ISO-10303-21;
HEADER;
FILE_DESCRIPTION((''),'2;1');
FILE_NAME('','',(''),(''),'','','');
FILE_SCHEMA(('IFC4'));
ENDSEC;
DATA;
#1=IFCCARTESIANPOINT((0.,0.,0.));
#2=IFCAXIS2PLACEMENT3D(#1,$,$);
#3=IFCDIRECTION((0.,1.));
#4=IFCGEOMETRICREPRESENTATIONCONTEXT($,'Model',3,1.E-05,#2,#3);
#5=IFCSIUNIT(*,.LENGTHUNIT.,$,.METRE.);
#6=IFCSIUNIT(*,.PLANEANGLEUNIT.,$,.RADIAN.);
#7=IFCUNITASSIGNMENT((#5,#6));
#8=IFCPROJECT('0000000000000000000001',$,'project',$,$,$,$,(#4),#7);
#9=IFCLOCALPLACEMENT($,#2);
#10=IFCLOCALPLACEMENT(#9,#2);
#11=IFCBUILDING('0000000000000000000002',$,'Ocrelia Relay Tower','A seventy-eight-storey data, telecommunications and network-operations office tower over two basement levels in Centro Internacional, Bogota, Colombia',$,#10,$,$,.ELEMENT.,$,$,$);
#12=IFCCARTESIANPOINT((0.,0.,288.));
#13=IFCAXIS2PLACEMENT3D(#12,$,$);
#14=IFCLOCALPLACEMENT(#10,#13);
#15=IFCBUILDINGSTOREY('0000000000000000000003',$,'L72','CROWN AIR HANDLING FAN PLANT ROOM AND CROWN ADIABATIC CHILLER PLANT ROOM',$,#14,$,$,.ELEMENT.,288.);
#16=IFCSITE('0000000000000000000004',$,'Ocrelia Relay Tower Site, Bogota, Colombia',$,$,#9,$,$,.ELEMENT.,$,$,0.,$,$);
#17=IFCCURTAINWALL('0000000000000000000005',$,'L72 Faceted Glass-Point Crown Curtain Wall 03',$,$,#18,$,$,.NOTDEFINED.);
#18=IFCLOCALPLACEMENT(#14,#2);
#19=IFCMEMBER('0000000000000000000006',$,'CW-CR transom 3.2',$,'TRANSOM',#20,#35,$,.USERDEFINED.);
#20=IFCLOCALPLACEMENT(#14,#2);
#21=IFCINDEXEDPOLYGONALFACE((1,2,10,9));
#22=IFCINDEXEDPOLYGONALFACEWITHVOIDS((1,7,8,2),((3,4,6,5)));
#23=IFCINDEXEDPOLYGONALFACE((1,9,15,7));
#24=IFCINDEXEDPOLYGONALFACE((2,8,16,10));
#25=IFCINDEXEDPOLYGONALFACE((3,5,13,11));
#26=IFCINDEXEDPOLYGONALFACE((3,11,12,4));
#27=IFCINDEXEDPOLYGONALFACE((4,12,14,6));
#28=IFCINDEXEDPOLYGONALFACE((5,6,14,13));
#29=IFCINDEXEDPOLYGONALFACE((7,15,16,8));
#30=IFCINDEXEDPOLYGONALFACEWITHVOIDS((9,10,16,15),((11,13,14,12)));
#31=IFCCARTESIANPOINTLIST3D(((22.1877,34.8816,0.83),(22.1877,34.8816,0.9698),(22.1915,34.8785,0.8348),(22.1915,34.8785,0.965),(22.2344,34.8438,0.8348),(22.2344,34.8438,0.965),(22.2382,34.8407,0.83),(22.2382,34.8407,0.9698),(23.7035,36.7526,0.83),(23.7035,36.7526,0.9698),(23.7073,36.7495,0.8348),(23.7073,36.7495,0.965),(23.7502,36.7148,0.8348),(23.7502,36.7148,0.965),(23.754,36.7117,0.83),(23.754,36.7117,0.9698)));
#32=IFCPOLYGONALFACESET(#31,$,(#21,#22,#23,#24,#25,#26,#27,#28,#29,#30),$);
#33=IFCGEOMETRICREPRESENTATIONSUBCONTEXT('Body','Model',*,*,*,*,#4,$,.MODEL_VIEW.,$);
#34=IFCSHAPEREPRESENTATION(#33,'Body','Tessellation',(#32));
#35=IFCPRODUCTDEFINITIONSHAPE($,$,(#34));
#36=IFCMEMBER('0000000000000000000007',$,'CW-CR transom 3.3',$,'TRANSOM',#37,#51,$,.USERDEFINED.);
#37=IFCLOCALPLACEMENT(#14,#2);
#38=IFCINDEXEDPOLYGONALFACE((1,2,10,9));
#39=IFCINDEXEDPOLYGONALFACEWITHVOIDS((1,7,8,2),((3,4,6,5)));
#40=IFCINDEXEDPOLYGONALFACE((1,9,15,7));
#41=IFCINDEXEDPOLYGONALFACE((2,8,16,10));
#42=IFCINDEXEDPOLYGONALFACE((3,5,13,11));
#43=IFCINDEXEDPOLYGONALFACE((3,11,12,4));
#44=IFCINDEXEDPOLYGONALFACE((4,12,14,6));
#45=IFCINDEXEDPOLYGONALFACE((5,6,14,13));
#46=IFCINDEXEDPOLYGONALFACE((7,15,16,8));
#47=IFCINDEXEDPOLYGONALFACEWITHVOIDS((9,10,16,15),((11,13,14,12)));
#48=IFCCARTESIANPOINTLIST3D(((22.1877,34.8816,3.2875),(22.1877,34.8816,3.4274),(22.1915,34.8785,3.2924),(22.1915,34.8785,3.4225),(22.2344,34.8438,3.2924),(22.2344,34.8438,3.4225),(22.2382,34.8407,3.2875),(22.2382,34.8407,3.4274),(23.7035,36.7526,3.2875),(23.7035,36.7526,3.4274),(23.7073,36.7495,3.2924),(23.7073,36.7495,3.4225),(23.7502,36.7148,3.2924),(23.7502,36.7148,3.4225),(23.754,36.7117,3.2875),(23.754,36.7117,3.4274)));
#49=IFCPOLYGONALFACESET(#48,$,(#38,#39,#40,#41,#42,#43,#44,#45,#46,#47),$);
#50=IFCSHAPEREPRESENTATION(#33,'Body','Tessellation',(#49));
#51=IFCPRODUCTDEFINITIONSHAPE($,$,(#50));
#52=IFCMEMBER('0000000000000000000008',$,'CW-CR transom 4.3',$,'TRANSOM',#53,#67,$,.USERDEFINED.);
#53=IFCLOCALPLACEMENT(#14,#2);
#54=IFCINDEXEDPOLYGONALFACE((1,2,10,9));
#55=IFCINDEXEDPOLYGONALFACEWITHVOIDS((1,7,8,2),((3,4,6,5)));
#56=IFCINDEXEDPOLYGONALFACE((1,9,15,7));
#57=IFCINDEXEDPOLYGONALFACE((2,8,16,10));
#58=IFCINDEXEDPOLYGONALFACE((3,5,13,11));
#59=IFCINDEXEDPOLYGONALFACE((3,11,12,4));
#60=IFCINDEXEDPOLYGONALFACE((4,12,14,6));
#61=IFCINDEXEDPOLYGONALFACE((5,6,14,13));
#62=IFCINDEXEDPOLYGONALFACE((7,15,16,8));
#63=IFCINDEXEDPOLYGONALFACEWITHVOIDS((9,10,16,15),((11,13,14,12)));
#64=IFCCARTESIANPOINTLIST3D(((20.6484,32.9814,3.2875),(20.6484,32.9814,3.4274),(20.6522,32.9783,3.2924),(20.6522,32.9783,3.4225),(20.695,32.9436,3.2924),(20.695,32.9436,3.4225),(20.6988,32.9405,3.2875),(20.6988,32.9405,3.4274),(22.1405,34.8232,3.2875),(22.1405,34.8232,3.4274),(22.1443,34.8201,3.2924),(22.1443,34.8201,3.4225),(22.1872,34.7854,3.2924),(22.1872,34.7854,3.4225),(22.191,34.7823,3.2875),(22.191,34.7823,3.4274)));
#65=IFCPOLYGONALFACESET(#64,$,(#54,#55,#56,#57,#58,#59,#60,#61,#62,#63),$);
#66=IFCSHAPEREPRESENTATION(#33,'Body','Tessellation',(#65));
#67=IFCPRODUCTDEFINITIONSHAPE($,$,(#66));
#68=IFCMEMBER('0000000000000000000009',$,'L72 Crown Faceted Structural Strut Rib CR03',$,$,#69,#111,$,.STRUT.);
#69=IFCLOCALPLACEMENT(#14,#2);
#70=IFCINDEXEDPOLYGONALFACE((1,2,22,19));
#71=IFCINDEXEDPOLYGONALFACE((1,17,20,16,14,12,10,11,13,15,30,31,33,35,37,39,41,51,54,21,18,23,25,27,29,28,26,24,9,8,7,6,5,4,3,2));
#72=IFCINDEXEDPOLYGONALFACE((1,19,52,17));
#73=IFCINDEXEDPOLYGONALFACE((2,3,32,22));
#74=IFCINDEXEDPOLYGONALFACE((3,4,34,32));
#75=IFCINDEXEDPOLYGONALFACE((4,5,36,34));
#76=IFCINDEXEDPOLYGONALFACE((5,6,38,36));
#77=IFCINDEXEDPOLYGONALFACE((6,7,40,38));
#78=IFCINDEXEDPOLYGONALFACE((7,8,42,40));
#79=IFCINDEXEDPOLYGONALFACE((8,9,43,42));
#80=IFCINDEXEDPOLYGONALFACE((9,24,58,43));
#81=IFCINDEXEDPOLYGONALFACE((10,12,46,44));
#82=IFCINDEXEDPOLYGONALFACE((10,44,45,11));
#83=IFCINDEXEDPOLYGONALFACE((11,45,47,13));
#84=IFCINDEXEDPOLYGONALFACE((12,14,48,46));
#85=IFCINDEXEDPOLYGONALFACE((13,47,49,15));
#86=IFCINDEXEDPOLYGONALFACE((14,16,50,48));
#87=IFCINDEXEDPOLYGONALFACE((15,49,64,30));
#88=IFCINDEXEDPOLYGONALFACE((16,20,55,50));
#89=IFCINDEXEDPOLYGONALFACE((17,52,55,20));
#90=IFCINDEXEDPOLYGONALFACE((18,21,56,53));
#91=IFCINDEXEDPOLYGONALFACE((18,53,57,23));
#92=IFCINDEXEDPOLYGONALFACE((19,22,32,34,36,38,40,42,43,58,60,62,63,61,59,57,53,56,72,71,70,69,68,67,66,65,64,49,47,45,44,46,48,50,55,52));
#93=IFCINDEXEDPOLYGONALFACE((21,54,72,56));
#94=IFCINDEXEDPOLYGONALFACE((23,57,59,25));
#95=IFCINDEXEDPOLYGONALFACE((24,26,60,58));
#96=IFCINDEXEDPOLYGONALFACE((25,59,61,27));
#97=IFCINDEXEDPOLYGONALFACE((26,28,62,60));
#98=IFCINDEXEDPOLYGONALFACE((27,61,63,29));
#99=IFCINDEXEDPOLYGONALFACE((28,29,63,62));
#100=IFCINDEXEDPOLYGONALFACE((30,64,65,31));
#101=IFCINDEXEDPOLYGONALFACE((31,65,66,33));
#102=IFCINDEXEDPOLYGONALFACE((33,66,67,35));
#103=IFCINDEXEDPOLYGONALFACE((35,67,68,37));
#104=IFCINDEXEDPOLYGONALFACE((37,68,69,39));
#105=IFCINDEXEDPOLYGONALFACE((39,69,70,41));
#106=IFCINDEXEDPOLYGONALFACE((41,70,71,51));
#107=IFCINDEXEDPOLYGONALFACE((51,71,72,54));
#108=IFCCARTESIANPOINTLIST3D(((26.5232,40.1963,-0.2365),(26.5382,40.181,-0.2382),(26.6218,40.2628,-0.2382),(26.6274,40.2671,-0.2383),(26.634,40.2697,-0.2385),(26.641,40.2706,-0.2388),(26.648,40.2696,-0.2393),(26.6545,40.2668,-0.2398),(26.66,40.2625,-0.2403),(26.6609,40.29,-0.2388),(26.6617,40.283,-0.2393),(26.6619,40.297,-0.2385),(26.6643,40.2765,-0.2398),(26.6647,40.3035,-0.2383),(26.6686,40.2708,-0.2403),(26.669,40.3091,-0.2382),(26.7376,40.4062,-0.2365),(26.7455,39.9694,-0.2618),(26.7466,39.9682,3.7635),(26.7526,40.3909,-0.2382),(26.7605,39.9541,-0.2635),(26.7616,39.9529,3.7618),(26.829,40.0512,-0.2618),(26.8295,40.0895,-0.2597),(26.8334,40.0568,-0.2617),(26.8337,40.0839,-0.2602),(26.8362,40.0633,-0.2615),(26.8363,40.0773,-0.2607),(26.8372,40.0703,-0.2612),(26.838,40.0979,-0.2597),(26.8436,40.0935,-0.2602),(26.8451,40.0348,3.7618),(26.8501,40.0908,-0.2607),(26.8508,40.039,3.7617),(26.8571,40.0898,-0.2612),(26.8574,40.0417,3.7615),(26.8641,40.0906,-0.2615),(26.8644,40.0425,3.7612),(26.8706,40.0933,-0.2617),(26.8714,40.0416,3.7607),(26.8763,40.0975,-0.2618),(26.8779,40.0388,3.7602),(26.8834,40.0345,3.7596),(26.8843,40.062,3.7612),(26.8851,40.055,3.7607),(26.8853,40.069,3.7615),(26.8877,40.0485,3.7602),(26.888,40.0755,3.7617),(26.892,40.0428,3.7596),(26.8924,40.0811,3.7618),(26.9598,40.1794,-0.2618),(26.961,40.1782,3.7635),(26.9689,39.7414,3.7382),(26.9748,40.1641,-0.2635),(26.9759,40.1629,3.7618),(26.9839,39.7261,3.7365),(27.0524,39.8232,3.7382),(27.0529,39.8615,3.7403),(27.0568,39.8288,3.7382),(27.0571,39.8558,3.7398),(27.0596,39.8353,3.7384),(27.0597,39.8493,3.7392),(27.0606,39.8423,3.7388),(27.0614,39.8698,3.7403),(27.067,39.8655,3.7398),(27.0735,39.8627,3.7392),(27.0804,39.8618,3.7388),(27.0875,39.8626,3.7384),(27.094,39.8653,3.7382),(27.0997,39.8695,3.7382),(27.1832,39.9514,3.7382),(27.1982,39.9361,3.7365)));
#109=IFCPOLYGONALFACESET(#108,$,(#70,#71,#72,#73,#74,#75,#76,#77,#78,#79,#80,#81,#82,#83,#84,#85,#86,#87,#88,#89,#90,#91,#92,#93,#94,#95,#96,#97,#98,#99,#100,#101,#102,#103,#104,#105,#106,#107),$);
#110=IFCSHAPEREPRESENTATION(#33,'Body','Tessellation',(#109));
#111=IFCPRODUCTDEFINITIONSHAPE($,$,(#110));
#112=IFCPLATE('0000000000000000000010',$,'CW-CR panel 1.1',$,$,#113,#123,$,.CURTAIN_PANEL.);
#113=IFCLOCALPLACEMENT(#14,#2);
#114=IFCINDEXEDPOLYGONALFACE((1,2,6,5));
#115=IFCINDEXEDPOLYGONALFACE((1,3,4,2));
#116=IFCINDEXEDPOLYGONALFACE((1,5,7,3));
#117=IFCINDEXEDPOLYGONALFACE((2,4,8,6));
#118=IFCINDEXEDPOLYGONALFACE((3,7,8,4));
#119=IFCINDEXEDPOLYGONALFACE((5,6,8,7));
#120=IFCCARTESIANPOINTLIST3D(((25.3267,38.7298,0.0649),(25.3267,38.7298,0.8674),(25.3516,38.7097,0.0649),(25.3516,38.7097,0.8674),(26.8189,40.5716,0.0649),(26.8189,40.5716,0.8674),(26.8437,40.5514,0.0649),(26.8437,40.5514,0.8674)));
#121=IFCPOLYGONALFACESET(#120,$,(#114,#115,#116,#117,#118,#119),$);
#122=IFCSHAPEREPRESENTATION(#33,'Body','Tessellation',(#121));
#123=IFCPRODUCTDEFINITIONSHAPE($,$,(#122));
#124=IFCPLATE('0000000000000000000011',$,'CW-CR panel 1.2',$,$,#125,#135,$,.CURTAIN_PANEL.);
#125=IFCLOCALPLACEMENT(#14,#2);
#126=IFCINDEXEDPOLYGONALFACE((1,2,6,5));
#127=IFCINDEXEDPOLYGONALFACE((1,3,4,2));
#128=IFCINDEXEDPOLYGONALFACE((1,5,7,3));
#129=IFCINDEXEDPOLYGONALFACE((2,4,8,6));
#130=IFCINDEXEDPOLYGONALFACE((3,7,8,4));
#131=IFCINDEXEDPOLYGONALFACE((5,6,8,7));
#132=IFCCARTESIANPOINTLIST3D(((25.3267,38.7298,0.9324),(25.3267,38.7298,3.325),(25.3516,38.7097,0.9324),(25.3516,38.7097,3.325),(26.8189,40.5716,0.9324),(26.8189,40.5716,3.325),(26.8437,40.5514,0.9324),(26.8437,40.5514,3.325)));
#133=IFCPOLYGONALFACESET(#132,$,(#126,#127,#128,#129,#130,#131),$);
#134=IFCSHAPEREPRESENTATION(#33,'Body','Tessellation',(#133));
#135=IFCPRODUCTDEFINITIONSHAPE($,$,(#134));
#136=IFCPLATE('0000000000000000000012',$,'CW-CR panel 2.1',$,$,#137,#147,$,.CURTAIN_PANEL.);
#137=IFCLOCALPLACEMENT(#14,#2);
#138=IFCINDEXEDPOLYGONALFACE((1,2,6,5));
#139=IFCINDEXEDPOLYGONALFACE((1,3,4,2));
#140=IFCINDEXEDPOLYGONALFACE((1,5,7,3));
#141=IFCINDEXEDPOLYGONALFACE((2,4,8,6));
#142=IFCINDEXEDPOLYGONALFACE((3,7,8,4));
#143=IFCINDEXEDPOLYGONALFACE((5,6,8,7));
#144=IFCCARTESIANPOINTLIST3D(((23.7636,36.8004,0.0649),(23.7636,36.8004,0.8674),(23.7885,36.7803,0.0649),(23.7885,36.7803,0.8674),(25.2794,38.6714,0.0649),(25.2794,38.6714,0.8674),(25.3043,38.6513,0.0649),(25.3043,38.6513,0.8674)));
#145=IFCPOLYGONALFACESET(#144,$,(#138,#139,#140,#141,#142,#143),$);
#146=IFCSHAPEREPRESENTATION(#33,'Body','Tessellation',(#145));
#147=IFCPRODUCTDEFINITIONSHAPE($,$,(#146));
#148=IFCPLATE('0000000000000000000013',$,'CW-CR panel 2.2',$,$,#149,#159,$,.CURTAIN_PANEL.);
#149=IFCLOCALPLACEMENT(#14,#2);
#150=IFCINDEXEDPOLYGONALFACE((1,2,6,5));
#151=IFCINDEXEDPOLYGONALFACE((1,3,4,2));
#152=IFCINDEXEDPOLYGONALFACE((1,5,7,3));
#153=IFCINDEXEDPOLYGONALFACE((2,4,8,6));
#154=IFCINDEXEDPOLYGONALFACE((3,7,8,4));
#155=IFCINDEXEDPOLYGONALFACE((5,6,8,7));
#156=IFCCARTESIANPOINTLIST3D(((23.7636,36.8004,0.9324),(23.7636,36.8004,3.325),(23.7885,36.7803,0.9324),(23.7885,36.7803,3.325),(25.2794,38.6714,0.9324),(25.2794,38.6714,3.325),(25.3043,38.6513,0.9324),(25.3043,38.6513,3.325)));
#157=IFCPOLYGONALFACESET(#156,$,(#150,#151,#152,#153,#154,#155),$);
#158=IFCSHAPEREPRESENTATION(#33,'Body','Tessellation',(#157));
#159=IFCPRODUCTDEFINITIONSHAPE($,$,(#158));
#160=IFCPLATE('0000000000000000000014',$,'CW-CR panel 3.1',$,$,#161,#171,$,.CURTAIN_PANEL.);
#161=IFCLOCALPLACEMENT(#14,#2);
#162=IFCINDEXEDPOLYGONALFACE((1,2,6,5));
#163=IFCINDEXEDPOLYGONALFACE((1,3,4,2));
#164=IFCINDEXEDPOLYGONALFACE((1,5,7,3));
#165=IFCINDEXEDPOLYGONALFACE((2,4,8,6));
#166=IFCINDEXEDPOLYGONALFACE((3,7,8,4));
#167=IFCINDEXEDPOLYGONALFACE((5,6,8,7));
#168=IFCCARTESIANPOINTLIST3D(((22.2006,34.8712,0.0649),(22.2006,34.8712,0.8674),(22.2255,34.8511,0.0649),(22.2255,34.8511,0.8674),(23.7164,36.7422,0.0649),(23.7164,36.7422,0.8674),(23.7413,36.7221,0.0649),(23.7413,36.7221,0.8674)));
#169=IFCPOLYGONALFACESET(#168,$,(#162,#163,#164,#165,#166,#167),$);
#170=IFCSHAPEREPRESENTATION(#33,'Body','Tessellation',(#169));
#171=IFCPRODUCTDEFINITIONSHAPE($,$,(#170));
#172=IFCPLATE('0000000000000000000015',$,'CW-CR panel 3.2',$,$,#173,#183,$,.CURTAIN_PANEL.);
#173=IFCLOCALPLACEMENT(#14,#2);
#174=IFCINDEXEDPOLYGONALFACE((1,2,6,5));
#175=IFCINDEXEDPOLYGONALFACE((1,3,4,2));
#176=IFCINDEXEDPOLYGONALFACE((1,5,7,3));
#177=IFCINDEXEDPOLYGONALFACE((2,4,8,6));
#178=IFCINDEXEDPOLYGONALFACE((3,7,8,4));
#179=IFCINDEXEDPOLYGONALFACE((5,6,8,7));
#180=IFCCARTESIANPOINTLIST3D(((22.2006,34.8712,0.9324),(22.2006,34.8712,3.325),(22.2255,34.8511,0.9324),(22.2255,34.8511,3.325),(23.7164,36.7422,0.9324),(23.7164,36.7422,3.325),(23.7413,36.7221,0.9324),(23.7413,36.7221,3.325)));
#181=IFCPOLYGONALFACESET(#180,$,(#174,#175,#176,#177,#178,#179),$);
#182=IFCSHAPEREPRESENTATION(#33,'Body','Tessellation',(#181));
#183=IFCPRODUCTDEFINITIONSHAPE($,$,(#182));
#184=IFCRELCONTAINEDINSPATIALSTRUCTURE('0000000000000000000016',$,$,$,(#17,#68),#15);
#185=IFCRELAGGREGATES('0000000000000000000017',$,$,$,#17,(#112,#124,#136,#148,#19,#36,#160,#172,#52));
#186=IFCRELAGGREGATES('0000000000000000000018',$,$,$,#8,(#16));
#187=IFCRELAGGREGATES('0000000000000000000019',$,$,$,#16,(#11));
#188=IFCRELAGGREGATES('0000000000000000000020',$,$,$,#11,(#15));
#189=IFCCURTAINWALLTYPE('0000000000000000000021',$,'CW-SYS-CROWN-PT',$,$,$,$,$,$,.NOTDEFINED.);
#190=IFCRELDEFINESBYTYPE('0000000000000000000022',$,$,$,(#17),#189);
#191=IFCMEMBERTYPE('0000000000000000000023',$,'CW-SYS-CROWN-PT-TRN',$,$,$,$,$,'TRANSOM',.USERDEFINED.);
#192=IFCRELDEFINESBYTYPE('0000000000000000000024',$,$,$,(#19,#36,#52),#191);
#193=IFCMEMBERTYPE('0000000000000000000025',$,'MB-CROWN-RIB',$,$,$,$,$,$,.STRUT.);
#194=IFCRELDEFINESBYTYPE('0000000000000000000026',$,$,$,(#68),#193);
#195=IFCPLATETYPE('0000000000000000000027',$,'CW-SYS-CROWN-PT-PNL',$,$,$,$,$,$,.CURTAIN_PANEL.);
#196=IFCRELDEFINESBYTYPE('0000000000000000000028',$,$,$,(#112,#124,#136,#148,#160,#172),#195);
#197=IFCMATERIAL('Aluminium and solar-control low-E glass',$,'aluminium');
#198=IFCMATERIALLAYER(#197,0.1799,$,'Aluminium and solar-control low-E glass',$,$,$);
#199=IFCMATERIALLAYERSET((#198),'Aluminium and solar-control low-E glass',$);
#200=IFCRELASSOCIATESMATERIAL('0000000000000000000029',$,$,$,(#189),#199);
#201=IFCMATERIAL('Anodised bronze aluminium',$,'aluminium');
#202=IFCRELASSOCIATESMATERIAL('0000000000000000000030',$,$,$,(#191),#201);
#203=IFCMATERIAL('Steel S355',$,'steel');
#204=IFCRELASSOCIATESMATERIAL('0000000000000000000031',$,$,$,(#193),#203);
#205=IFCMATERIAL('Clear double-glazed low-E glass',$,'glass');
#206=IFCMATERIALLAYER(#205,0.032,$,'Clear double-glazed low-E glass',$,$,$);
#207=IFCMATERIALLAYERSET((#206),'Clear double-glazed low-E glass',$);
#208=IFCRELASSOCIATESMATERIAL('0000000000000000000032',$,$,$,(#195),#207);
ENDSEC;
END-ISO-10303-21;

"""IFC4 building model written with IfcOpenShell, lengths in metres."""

from ifc_helpers import new_model, si_unit, direction, frame, origin, origin_2d, place, context, subcontext, project, spatial, rectangle, hollow_rectangle, i_section, extrude, material, layer, layer_set, material_profile, profile_set, type_object, element, aggregate, save


model = new_model("IFC4")

# Units and contexts
model_context = context("Model", 3, precision=1e-05, world=origin(), true_north=direction((0.0, 1.0)))
body_context = subcontext(model_context, "Body", "Model", "MODEL_VIEW")
ifc_project = project(units=[si_unit("LENGTHUNIT", "METRE"), si_unit("PLANEANGLEUNIT", "RADIAN")], contexts=[model_context])

# Site, building, storey
site_placement = place(None, origin())
site = spatial("IfcSite", under=ifc_project, at=site_placement, Name="Ocrelia Relay Tower Site, Bogota, Colombia", CompositionType="ELEMENT", RefElevation=0.0)
building_placement = place(site_placement, origin())
building = spatial("IfcBuilding", under=site, at=building_placement, Name="Ocrelia Relay Tower", Description="A seventy-eight-storey data, telecommunications and network-operations office tower over two basement levels in Centro Internacional, Bogota, Colombia", CompositionType="ELEMENT")
storey_placement = place(building_placement, frame((0.0, 0.0, 288.0)))
storey = spatial("IfcBuildingStorey", under=building, at=storey_placement, Name="L72", Description="CROWN AIR HANDLING FAN PLANT ROOM AND CROWN ADIABATIC CHILLER PLANT ROOM", CompositionType="ELEMENT", Elevation=288.0)

# Curtain wall, members
ifc_material_1 = material(Name="Aluminium and solar-control low-E glass", Category="aluminium")
ifc_layer_1 = layer(ifc_material_1, 0.1799, Name="Aluminium and solar-control low-E glass")
ifc_layer_set_1 = layer_set([ifc_layer_1], Name="Aluminium and solar-control low-E glass")
curtain_wall_type = type_object("IfcCurtainWallType", Name="CW-SYS-CROWN-PT", PredefinedType="NOTDEFINED", material=ifc_layer_set_1)
curtain_wall_placement = place(storey_placement, origin())
curtain_wall = element("IfcCurtainWall", 1, at=curtain_wall_placement, inside=storey, type_object=curtain_wall_type, Name="L72 Faceted Glass-Point Crown Curtain Wall 03", PredefinedType="NOTDEFINED")
ifc_material_2 = material(Name="Anodised bronze aluminium", Category="aluminium")
ifc_material_profile_1 = material_profile(ifc_material_2, hollow_rectangle(XDim=0.0649, YDim=0.1399, WallThickness=0.0049, at=origin_2d()), Name="CW-TRN-140x65")
ifc_profile_set_1 = profile_set([ifc_material_profile_1], Name="Anodised bronze aluminium")
member_type_1 = type_object("IfcMemberType", Name="CW-SYS-CROWN-PT-TRN", ElementType="TRANSOM", PredefinedType="USERDEFINED", material=ifc_profile_set_1)
member_1_placement = place(storey_placement, frame((23.7288, 36.7322, 0.8999), z_axis=(-0.629493, -0.777006, 0.0), x_axis=(0.777006, -0.629493, 0.0)))
member_1 = element("IfcMember", 2, at=member_1_placement, type_object=member_type_1, Name="CW-CR transom 3.2", ObjectType="TRANSOM", PredefinedType="USERDEFINED", context=body_context, shape_type="SweptSolid", body=[
    extrude(hollow_rectangle(XDim=0.0649, YDim=0.1399, WallThickness=0.0049, at=origin_2d()), origin(), (0.0, 0.0, 1.0), 2.408),
])
member_2_placement = place(storey_placement, frame((23.7288, 36.7322, 3.3574), z_axis=(-0.629493, -0.777006, 0.0), x_axis=(0.777006, -0.629493, 0.0)))
member_2 = element("IfcMember", 3, at=member_2_placement, type_object=member_type_1, Name="CW-CR transom 3.3", ObjectType="TRANSOM", PredefinedType="USERDEFINED", context=body_context, shape_type="SweptSolid", body=[
    extrude(hollow_rectangle(XDim=0.0649, YDim=0.1399, WallThickness=0.0049, at=origin_2d()), origin(), (0.0, 0.0, 1.0), 2.408),
])
member_3_placement = place(storey_placement, frame((22.1658, 34.8027, 3.3574), z_axis=(-0.629506, -0.776995, 0.0), x_axis=(0.776995, -0.629506, 0.0)))
member_3 = element("IfcMember", 4, at=member_3_placement, type_object=member_type_1, Name="CW-CR transom 4.3", ObjectType="TRANSOM", PredefinedType="USERDEFINED", context=body_context, shape_type="SweptSolid", body=[
    extrude(hollow_rectangle(XDim=0.0649, YDim=0.1399, WallThickness=0.0049, at=origin_2d()), origin(), (0.0, 0.0, 1.0), 2.3704),
])

# Member
ifc_material_3 = material(Name="Steel S355", Category="steel")
ifc_material_profile_2 = material_profile(ifc_material_3, i_section(OverallWidth=0.3, OverallDepth=0.3401, WebThickness=0.012, FlangeThickness=0.0215, FilletRadius=0.0271, at=origin_2d()), Name="HEB 340")
ifc_profile_set_2 = profile_set([ifc_material_profile_2], Name="Steel S355")
member_type_2 = type_object("IfcMemberType", Name="MB-CROWN-RIB", PredefinedType="STRUT", material=ifc_profile_set_2)
member_4_placement = place(storey_placement, frame((26.749, 40.1802, -0.25), z_axis=(0.05567, -0.056826, 0.996831), x_axis=(0.714335, 0.699804, 0.0)))
element("IfcMember", 5, at=member_4_placement, inside=storey, type_object=member_type_2, Name="L72 Crown Faceted Structural Strut Rib CR03", PredefinedType="STRUT", context=body_context, shape_type="SweptSolid", body=[
    extrude(i_section(OverallWidth=0.3, OverallDepth=0.3401, WebThickness=0.012, FlangeThickness=0.0215, FilletRadius=0.0271, at=origin_2d()), origin(), (0.0, 0.0, 1.0), 4.0127),
])

# Plates
ifc_material_4 = material(Name="Clear double-glazed low-E glass", Category="glass")
ifc_layer_2 = layer(ifc_material_4, 0.032, Name="Clear double-glazed low-E glass")
ifc_layer_set_2 = layer_set([ifc_layer_2], Name="Clear double-glazed low-E glass")
plate_type_1 = type_object("IfcPlateType", Name="CW-SYS-CROWN-PT-PNL", PredefinedType="CURTAIN_PANEL", material=ifc_layer_set_2)
plate_1_placement = place(storey_placement, frame((26.0852, 39.6406, 0.0649), z_axis=(0.0, 0.0, 1.0), x_axis=(-0.629503, -0.776998, 0.0)))
plate_1 = element("IfcPlate", 6, at=plate_1_placement, type_object=plate_type_1, Name="CW-CR panel 1.1", PredefinedType="CURTAIN_PANEL", context=body_context, shape_type="SweptSolid", body=[
    extrude(rectangle(XDim=2.3704, YDim=0.032, at=origin_2d()), origin(), (0.0, 0.0, 1.0), 0.8025),
])
plate_2_placement = place(storey_placement, frame((26.0852, 39.6406, 0.9324), z_axis=(0.0, 0.0, 1.0), x_axis=(-0.629503, -0.776998, 0.0)))
plate_2 = element("IfcPlate", 7, at=plate_2_placement, type_object=plate_type_1, Name="CW-CR panel 1.2", PredefinedType="CURTAIN_PANEL", context=body_context, shape_type="SweptSolid", body=[
    extrude(rectangle(XDim=2.3704, YDim=0.032, at=origin_2d()), origin(), (0.0, 0.0, 1.0), 2.3926),
])
plate_3_placement = place(storey_placement, frame((24.5339, 37.7258, 0.0649), z_axis=(0.0, 0.0, 1.0), x_axis=(-0.629503, -0.776998, 0.0)))
plate_3 = element("IfcPlate", 8, at=plate_3_placement, type_object=plate_type_1, Name="CW-CR panel 2.1", PredefinedType="CURTAIN_PANEL", context=body_context, shape_type="SweptSolid", body=[
    extrude(rectangle(XDim=2.408, YDim=0.032, at=origin_2d()), origin(), (0.0, 0.0, 1.0), 0.8025),
])
plate_4_placement = place(storey_placement, frame((24.5339, 37.7258, 0.9324), z_axis=(0.0, 0.0, 1.0), x_axis=(-0.629503, -0.776998, 0.0)))
plate_4 = element("IfcPlate", 9, at=plate_4_placement, type_object=plate_type_1, Name="CW-CR panel 2.2", PredefinedType="CURTAIN_PANEL", context=body_context, shape_type="SweptSolid", body=[
    extrude(rectangle(XDim=2.408, YDim=0.032, at=origin_2d()), origin(), (0.0, 0.0, 1.0), 2.3926),
])
plate_5_placement = place(storey_placement, frame((22.9709, 35.7966, 0.0649), z_axis=(0.0, 0.0, 1.0), x_axis=(-0.629503, -0.776998, 0.0)))
plate_5 = element("IfcPlate", 10, at=plate_5_placement, type_object=plate_type_1, Name="CW-CR panel 3.1", PredefinedType="CURTAIN_PANEL", context=body_context, shape_type="SweptSolid", body=[
    extrude(rectangle(XDim=2.408, YDim=0.032, at=origin_2d()), origin(), (0.0, 0.0, 1.0), 0.8025),
])
plate_6_placement = place(storey_placement, frame((22.9709, 35.7966, 0.9324), z_axis=(0.0, 0.0, 1.0), x_axis=(-0.629503, -0.776998, 0.0)))
plate_6 = element("IfcPlate", 11, at=plate_6_placement, type_object=plate_type_1, Name="CW-CR panel 3.2", PredefinedType="CURTAIN_PANEL", context=body_context, shape_type="SweptSolid", body=[
    extrude(rectangle(XDim=2.408, YDim=0.032, at=origin_2d()), origin(), (0.0, 0.0, 1.0), 2.3926),
])
aggregate(curtain_wall, [plate_1, plate_2, plate_3, plate_4, member_1, member_2, plate_5, plate_6, member_3])

save(model, "model.ifc")
